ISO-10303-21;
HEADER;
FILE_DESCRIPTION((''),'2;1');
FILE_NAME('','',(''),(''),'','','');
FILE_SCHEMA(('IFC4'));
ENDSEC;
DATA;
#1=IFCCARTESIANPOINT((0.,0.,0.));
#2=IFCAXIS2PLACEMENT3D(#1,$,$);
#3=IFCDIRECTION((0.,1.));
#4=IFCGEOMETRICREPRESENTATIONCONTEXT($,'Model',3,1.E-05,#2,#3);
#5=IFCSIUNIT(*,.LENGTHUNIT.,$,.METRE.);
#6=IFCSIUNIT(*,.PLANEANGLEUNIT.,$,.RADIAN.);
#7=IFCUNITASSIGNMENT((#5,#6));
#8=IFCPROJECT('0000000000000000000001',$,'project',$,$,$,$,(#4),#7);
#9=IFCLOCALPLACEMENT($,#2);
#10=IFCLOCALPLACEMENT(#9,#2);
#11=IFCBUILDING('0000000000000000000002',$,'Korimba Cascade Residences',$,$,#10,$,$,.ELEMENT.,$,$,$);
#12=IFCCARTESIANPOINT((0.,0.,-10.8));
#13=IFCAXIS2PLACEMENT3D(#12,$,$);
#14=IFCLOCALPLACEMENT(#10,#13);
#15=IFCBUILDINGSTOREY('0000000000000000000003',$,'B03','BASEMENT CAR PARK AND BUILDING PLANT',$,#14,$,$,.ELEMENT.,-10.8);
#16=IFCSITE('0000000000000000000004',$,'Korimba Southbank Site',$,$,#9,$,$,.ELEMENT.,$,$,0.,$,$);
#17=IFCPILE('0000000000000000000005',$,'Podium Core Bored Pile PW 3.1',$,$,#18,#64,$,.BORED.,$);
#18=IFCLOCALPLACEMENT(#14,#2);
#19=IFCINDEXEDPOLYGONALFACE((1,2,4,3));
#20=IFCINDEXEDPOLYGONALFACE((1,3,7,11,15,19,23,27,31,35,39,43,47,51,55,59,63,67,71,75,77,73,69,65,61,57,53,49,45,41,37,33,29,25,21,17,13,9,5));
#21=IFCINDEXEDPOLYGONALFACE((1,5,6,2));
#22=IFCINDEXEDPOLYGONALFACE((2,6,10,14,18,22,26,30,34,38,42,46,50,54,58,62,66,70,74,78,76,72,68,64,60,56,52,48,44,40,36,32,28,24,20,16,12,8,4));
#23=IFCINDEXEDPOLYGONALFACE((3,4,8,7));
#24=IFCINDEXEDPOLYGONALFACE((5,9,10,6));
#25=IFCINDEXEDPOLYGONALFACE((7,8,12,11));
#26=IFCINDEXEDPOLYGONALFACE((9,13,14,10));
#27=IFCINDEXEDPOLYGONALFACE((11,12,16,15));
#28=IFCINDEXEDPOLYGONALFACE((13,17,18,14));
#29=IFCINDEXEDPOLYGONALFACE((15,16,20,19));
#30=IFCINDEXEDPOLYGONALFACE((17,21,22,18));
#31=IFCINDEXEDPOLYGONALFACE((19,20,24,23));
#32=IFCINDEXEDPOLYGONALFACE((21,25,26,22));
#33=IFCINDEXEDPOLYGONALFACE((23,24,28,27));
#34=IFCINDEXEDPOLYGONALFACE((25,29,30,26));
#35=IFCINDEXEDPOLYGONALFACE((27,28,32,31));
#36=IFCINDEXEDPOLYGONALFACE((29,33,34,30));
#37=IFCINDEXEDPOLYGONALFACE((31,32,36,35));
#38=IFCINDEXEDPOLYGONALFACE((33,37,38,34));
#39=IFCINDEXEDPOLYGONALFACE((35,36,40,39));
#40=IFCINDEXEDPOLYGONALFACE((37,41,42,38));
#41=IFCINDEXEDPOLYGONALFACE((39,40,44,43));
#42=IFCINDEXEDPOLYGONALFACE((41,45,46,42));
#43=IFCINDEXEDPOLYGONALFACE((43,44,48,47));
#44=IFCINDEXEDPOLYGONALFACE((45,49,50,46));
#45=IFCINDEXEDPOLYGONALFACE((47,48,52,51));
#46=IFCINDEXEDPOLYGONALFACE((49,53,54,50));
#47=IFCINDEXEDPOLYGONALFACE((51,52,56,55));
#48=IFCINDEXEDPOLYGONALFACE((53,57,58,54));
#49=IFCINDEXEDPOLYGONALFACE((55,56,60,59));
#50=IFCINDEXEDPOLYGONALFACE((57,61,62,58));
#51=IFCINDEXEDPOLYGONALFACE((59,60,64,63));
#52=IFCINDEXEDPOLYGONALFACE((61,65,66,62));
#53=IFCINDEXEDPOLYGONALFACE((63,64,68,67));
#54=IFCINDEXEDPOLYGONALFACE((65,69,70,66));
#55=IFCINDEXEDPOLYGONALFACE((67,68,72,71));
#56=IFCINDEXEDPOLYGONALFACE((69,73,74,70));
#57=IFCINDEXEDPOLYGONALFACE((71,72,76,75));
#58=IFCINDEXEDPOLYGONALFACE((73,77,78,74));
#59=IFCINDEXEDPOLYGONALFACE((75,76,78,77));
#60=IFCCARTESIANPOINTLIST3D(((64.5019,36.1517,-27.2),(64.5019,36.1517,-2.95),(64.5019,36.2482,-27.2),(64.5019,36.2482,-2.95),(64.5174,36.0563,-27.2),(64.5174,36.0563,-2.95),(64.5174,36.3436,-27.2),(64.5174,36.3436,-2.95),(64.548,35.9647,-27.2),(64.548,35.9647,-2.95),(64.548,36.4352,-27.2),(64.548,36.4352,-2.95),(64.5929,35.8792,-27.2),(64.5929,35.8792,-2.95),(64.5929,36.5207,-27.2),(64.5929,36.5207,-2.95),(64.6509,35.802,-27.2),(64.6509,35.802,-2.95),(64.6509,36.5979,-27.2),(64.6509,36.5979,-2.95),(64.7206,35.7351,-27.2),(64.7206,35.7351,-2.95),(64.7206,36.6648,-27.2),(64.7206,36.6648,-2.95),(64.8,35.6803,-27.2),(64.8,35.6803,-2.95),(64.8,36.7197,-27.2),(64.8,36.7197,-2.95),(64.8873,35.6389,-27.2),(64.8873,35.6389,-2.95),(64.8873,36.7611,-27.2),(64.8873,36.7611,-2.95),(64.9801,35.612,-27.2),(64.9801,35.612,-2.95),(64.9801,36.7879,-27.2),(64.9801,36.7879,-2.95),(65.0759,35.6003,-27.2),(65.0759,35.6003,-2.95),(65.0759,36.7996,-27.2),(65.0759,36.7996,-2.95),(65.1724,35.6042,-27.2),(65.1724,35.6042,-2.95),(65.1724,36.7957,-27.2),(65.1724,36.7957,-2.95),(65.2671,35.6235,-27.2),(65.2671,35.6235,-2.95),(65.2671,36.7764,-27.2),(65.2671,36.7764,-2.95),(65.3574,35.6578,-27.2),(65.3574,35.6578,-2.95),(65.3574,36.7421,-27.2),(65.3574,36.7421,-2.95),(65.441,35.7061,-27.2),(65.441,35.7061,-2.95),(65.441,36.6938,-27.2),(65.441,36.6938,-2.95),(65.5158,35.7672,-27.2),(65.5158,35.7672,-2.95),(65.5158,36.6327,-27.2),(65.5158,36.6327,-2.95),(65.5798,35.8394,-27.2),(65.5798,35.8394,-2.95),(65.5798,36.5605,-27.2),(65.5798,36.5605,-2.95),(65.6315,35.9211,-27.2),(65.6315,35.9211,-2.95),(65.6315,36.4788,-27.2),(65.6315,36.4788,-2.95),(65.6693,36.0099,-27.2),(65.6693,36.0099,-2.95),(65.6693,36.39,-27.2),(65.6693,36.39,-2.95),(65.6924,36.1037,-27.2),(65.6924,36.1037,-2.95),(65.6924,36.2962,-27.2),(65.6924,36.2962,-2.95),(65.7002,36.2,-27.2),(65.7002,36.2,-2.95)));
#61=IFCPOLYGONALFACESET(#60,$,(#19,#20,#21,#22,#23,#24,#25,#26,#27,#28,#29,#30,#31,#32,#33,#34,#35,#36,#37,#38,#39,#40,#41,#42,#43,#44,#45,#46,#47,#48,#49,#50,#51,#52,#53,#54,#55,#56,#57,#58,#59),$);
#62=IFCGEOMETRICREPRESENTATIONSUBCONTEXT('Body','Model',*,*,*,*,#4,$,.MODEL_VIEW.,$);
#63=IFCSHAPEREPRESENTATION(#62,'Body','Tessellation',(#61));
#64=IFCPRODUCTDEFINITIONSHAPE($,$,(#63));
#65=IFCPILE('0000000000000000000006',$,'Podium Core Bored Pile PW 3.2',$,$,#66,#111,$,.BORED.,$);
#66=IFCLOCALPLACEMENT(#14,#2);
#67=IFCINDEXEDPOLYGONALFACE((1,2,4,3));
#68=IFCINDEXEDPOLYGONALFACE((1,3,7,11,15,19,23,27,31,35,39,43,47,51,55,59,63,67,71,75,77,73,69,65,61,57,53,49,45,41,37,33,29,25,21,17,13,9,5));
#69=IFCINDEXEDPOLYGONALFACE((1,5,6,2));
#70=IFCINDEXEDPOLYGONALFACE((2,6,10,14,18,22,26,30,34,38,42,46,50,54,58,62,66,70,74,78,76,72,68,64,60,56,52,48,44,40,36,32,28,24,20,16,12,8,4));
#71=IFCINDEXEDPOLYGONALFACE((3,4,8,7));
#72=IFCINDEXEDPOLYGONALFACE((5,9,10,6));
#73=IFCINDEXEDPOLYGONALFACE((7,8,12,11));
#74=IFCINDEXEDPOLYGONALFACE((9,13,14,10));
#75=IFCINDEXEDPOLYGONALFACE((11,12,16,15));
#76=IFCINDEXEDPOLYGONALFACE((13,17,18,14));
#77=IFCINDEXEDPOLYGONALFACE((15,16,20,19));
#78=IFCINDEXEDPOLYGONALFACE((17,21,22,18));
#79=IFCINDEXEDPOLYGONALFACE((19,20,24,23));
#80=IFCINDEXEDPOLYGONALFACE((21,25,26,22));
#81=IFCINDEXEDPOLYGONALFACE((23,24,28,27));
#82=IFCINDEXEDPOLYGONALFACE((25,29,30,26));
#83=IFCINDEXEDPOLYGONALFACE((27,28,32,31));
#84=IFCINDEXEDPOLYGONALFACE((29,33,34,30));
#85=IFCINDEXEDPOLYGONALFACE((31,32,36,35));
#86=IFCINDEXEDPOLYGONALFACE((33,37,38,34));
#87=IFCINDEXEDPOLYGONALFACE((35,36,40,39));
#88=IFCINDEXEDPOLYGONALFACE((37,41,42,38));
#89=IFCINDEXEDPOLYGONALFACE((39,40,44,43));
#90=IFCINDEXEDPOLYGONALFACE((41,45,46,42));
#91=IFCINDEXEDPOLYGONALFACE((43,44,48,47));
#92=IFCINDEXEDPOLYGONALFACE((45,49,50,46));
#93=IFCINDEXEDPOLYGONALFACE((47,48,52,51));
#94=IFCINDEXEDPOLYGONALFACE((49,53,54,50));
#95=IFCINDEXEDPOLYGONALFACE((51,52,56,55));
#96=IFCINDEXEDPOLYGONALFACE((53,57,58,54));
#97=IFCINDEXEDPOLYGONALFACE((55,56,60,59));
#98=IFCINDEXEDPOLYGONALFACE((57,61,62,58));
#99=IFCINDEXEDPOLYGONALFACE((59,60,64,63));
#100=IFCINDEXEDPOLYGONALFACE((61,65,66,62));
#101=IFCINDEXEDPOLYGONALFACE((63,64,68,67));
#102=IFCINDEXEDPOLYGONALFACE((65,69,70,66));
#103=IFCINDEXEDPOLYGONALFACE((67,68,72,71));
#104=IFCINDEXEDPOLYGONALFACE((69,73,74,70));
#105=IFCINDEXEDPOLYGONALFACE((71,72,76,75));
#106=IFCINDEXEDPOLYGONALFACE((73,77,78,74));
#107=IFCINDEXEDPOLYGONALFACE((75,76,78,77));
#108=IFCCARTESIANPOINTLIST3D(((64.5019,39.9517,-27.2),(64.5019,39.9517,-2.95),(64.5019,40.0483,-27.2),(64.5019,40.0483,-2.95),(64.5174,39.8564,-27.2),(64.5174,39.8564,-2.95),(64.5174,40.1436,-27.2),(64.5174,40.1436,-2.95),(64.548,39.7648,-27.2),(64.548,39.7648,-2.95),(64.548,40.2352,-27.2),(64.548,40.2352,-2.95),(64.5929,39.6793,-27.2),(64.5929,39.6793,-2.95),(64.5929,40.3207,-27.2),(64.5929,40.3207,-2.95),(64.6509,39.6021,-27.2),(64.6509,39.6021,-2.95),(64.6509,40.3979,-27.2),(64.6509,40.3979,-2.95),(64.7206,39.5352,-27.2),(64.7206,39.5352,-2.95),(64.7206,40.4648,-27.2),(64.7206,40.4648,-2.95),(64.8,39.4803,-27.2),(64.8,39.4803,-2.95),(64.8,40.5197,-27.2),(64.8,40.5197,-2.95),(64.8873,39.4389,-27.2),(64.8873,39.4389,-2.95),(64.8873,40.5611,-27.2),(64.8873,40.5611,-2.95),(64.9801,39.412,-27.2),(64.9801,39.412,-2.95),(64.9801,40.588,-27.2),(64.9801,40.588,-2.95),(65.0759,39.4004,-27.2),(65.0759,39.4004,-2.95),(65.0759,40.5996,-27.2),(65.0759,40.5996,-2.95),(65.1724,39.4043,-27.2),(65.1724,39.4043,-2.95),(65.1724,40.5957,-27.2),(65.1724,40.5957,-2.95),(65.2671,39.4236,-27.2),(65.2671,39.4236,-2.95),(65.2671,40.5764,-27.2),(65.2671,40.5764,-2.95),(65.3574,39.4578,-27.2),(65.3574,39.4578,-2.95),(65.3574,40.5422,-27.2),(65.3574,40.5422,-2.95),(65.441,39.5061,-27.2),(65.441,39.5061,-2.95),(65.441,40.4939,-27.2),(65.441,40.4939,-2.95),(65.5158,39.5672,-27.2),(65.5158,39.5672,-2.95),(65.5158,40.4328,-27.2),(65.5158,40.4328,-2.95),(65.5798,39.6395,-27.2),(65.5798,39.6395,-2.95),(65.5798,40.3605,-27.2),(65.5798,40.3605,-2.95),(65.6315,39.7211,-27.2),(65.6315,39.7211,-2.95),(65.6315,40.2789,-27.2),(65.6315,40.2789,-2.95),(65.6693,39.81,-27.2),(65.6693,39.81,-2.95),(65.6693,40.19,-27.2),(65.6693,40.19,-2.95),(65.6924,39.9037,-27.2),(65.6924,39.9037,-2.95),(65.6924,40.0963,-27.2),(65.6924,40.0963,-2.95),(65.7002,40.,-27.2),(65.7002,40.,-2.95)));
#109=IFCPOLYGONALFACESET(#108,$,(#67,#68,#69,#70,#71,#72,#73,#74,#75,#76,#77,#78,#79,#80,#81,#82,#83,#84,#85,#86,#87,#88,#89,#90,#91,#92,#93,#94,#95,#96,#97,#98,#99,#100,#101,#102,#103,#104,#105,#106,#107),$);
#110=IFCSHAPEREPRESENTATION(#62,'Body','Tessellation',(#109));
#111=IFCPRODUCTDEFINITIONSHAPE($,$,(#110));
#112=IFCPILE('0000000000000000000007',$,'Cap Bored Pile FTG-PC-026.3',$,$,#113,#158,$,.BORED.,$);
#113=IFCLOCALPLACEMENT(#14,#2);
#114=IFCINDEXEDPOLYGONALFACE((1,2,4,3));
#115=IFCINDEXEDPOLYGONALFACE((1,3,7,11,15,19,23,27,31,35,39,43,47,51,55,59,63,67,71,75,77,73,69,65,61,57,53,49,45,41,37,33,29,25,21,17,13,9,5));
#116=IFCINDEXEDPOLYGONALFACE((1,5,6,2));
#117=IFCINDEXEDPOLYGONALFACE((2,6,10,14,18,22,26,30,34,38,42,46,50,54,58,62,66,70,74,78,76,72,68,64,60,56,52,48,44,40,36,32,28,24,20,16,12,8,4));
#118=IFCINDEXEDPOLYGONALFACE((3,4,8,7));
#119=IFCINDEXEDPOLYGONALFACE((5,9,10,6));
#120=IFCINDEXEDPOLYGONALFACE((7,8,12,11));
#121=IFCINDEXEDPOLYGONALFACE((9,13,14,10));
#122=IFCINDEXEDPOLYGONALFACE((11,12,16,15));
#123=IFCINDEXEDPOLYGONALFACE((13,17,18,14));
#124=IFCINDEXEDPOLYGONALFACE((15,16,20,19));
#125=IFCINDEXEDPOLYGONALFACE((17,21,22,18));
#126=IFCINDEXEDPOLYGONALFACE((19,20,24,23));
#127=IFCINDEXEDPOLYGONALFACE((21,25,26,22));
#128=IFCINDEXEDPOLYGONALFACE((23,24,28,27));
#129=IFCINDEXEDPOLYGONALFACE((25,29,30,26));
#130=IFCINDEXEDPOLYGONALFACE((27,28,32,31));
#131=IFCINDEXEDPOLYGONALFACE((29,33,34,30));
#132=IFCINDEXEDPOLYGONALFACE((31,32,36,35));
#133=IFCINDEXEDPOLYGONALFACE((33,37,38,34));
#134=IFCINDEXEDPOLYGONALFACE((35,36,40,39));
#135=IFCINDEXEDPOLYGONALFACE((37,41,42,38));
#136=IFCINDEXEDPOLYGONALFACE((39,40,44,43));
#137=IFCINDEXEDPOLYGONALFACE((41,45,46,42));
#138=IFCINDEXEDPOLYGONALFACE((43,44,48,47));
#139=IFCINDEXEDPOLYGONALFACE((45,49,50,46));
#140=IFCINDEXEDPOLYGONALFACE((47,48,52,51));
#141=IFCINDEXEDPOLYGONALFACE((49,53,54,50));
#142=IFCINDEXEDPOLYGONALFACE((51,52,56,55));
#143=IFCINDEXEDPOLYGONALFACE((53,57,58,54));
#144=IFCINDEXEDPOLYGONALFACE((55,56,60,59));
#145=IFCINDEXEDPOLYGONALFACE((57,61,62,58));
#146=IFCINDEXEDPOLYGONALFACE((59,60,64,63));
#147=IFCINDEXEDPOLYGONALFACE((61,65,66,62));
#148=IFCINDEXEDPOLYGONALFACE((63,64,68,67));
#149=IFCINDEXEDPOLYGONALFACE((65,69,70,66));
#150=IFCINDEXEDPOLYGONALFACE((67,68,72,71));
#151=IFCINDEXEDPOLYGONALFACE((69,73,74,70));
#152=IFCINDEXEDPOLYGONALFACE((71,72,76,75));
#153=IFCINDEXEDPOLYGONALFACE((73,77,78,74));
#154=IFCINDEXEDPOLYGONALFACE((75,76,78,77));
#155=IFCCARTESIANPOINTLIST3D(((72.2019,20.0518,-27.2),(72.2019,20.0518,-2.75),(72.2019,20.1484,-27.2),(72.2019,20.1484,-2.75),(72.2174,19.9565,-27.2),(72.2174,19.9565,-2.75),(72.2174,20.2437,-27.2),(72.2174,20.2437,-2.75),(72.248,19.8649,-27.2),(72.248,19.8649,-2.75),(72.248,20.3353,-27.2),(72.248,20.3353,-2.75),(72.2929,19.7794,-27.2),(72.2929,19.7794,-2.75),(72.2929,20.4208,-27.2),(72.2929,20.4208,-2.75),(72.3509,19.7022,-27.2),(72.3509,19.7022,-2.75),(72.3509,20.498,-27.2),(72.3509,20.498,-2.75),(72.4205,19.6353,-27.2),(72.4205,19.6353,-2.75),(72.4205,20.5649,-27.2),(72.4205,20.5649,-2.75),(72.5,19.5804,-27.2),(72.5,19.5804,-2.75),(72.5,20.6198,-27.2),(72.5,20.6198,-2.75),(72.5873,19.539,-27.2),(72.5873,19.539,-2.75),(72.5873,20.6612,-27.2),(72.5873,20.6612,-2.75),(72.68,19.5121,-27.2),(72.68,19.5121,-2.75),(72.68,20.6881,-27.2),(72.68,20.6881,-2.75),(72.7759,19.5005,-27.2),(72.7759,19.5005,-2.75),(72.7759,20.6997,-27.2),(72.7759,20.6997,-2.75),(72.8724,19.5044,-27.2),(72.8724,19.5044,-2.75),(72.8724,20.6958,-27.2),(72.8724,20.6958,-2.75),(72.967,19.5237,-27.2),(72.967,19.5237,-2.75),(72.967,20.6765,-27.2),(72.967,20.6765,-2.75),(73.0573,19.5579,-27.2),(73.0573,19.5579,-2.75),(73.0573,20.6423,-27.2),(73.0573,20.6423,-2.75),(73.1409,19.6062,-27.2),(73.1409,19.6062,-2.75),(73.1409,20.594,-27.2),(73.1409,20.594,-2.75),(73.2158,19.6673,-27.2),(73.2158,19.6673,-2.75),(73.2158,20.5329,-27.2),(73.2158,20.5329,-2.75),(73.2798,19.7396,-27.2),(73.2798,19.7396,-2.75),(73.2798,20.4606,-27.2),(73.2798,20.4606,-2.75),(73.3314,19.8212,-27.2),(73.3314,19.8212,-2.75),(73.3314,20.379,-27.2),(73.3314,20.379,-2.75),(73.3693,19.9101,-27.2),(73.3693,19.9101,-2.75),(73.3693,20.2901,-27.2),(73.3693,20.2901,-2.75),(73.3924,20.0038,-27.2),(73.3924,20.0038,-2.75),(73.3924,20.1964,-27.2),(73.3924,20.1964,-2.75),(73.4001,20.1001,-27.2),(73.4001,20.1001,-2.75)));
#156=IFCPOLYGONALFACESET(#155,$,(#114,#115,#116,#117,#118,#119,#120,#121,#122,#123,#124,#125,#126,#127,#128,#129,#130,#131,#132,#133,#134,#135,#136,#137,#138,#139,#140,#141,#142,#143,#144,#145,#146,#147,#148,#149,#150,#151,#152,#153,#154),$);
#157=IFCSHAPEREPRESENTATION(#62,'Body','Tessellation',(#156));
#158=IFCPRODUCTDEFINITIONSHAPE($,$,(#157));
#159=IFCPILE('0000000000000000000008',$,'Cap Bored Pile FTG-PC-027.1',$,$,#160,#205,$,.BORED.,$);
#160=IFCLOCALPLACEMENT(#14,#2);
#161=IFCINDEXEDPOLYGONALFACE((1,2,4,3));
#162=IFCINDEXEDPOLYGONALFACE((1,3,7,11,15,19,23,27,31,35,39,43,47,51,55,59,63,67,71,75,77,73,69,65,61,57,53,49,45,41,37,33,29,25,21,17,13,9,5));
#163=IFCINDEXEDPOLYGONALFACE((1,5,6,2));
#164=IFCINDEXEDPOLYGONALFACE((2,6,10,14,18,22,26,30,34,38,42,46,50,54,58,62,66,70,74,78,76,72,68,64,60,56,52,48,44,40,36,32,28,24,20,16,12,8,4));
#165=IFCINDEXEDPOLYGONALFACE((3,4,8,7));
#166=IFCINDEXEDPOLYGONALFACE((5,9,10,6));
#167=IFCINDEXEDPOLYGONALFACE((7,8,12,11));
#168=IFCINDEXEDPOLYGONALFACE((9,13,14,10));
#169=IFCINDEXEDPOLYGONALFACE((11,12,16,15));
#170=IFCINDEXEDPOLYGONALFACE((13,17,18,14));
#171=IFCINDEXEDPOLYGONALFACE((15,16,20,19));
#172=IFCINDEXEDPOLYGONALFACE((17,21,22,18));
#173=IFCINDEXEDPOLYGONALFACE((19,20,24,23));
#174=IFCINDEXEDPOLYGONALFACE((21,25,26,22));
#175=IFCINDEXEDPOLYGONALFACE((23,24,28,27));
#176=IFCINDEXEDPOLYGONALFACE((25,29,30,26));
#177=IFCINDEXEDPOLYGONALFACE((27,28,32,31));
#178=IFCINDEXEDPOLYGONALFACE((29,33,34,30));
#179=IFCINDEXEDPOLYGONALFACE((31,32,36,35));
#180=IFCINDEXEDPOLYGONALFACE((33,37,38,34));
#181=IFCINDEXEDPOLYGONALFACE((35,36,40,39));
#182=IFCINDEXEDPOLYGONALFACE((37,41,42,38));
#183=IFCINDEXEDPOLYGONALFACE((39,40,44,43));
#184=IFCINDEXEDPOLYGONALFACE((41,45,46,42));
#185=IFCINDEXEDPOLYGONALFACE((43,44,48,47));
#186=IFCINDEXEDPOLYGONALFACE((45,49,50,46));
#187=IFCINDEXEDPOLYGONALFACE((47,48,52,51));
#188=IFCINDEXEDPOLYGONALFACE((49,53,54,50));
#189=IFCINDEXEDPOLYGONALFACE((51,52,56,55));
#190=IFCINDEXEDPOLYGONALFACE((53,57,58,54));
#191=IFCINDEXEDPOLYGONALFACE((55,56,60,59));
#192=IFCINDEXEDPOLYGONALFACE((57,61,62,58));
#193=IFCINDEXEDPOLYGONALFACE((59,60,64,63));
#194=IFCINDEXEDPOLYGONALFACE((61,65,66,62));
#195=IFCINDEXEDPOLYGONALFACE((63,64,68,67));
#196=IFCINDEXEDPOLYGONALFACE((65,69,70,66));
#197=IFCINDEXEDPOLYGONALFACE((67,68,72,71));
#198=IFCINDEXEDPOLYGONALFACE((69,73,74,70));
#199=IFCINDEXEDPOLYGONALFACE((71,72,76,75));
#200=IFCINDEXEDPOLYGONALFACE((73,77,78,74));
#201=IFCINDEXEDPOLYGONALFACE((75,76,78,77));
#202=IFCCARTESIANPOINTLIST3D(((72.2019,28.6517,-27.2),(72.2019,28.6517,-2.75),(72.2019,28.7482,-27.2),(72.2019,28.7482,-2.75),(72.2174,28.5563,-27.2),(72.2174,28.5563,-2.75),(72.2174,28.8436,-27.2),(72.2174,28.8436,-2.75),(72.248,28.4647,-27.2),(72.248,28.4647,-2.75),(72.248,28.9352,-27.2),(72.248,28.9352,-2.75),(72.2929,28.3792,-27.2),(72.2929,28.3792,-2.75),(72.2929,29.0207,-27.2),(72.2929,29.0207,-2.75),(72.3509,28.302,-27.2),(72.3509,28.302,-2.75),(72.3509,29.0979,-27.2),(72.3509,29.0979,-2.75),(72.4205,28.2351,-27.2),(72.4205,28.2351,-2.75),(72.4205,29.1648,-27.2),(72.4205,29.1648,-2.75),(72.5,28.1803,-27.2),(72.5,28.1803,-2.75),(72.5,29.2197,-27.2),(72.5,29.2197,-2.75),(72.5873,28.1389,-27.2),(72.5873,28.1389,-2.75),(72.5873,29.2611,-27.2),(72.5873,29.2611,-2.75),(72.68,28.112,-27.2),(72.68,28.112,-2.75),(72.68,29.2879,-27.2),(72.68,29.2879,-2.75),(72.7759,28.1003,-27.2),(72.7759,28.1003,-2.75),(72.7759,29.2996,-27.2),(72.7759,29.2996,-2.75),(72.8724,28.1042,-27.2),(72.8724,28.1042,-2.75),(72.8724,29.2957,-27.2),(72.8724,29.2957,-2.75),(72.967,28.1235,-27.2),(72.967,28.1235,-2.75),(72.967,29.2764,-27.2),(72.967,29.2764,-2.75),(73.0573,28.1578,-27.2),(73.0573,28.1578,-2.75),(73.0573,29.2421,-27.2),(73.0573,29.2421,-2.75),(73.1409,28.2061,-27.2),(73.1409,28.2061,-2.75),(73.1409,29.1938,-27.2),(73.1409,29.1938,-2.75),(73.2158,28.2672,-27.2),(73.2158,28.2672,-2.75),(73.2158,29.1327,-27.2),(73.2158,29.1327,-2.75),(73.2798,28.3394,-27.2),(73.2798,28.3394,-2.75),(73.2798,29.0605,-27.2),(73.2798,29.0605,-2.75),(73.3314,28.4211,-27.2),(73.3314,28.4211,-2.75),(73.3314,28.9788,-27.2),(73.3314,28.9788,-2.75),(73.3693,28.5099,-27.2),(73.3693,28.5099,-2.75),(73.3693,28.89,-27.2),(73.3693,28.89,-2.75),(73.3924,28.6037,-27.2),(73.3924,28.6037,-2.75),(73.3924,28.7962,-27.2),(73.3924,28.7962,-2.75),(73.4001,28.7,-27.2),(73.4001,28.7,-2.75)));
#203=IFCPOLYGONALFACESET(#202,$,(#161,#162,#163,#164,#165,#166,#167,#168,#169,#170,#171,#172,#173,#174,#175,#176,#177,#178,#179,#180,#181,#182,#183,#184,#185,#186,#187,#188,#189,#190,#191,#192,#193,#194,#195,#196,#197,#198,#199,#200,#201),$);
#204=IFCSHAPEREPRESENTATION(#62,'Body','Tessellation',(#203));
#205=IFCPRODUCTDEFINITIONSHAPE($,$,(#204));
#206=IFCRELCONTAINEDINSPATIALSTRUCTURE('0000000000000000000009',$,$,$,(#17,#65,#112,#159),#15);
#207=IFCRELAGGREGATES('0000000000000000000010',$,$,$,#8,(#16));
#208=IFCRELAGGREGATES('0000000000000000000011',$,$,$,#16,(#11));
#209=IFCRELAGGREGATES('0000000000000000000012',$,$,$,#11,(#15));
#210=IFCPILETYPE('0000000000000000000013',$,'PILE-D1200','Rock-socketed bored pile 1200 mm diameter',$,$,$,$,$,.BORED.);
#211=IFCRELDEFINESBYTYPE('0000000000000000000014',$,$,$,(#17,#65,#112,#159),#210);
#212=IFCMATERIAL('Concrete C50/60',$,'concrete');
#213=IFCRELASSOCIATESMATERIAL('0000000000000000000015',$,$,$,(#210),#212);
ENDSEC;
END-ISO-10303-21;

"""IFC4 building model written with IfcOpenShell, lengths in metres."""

from ifc_helpers import new_model, si_unit, direction, frame, origin, origin_2d, place, context, subcontext, project, spatial, circle, extrude, material, material_profile, profile_set, type_object, element, save


model = new_model("IFC4")

# Units and contexts
model_context = context("Model", 3, precision=1e-05, world=origin(), true_north=direction((0.0, 1.0)))
body_context = subcontext(model_context, "Body", "Model", "MODEL_VIEW")
ifc_project = project(units=[si_unit("LENGTHUNIT", "METRE"), si_unit("PLANEANGLEUNIT", "RADIAN")], contexts=[model_context])

# Site, building, storey
site_placement = place(None, origin())
site = spatial("IfcSite", under=ifc_project, at=site_placement, Name="Korimba Southbank Site", CompositionType="ELEMENT", RefElevation=0.0)
building_placement = place(site_placement, origin())
building = spatial("IfcBuilding", under=site, at=building_placement, Name="Korimba Cascade Residences", CompositionType="ELEMENT")
storey_placement = place(building_placement, frame((0.0, 0.0, -10.8)))
storey = spatial("IfcBuildingStorey", under=building, at=storey_placement, Name="B03", Description="BASEMENT CAR PARK AND BUILDING PLANT", CompositionType="ELEMENT", Elevation=-10.8)

# Piles
ifc_material_1 = material(Name="Concrete C50/60", Category="concrete")
ifc_material_profile_1 = material_profile(ifc_material_1, circle(Radius=0.6001, at=origin_2d()), Name="Concrete C50/60")
ifc_profile_set_1 = profile_set([ifc_material_profile_1], Name="Concrete C50/60")
pile_type = type_object("IfcPileType", Name="PILE-D1200", Description="Rock-socketed bored pile 1200 mm diameter", PredefinedType="BORED", material=ifc_profile_set_1)
for number, where, z_axis, x_axis, name in (
    (1, (65.1001, 36.2, -2.95), (0.0, 0.0, -1.0), (1.0, 0.0, 0.0), "Podium Core Bored Pile PW 3.1"),
    (2, (65.1001, 40.0, -2.95), (0.0, 0.0, -1.0), (1.0, 0.0, 0.0), "Podium Core Bored Pile PW 3.2"),
):
    element("IfcPile", number, at=place(storey_placement, frame(where, z_axis=z_axis, x_axis=x_axis)), inside=storey, type_object=pile_type, Name=name, PredefinedType="BORED", context=body_context, shape_type="SweptSolid", body=[
        extrude(circle(Radius=0.6001, at=origin_2d()), origin(), (0.0, 0.0, 1.0), 24.25),
    ])
for number, where, z_axis, x_axis, name in (
    (3, (72.8, 20.1001, -2.75), (0.0, 0.0, -1.0), (1.0, 0.0, 0.0), "Cap Bored Pile FTG-PC-026.3"),
    (4, (72.8, 28.7, -2.75), (0.0, 0.0, -1.0), (1.0, 0.0, 0.0), "Cap Bored Pile FTG-PC-027.1"),
):
    element("IfcPile", number, at=place(storey_placement, frame(where, z_axis=z_axis, x_axis=x_axis)), inside=storey, type_object=pile_type, Name=name, PredefinedType="BORED", context=body_context, shape_type="SweptSolid", body=[
        extrude(circle(Radius=0.6001, at=origin_2d()), origin(), (0.0, 0.0, 1.0), 24.45),
    ])

save(model, "model.ifc")
